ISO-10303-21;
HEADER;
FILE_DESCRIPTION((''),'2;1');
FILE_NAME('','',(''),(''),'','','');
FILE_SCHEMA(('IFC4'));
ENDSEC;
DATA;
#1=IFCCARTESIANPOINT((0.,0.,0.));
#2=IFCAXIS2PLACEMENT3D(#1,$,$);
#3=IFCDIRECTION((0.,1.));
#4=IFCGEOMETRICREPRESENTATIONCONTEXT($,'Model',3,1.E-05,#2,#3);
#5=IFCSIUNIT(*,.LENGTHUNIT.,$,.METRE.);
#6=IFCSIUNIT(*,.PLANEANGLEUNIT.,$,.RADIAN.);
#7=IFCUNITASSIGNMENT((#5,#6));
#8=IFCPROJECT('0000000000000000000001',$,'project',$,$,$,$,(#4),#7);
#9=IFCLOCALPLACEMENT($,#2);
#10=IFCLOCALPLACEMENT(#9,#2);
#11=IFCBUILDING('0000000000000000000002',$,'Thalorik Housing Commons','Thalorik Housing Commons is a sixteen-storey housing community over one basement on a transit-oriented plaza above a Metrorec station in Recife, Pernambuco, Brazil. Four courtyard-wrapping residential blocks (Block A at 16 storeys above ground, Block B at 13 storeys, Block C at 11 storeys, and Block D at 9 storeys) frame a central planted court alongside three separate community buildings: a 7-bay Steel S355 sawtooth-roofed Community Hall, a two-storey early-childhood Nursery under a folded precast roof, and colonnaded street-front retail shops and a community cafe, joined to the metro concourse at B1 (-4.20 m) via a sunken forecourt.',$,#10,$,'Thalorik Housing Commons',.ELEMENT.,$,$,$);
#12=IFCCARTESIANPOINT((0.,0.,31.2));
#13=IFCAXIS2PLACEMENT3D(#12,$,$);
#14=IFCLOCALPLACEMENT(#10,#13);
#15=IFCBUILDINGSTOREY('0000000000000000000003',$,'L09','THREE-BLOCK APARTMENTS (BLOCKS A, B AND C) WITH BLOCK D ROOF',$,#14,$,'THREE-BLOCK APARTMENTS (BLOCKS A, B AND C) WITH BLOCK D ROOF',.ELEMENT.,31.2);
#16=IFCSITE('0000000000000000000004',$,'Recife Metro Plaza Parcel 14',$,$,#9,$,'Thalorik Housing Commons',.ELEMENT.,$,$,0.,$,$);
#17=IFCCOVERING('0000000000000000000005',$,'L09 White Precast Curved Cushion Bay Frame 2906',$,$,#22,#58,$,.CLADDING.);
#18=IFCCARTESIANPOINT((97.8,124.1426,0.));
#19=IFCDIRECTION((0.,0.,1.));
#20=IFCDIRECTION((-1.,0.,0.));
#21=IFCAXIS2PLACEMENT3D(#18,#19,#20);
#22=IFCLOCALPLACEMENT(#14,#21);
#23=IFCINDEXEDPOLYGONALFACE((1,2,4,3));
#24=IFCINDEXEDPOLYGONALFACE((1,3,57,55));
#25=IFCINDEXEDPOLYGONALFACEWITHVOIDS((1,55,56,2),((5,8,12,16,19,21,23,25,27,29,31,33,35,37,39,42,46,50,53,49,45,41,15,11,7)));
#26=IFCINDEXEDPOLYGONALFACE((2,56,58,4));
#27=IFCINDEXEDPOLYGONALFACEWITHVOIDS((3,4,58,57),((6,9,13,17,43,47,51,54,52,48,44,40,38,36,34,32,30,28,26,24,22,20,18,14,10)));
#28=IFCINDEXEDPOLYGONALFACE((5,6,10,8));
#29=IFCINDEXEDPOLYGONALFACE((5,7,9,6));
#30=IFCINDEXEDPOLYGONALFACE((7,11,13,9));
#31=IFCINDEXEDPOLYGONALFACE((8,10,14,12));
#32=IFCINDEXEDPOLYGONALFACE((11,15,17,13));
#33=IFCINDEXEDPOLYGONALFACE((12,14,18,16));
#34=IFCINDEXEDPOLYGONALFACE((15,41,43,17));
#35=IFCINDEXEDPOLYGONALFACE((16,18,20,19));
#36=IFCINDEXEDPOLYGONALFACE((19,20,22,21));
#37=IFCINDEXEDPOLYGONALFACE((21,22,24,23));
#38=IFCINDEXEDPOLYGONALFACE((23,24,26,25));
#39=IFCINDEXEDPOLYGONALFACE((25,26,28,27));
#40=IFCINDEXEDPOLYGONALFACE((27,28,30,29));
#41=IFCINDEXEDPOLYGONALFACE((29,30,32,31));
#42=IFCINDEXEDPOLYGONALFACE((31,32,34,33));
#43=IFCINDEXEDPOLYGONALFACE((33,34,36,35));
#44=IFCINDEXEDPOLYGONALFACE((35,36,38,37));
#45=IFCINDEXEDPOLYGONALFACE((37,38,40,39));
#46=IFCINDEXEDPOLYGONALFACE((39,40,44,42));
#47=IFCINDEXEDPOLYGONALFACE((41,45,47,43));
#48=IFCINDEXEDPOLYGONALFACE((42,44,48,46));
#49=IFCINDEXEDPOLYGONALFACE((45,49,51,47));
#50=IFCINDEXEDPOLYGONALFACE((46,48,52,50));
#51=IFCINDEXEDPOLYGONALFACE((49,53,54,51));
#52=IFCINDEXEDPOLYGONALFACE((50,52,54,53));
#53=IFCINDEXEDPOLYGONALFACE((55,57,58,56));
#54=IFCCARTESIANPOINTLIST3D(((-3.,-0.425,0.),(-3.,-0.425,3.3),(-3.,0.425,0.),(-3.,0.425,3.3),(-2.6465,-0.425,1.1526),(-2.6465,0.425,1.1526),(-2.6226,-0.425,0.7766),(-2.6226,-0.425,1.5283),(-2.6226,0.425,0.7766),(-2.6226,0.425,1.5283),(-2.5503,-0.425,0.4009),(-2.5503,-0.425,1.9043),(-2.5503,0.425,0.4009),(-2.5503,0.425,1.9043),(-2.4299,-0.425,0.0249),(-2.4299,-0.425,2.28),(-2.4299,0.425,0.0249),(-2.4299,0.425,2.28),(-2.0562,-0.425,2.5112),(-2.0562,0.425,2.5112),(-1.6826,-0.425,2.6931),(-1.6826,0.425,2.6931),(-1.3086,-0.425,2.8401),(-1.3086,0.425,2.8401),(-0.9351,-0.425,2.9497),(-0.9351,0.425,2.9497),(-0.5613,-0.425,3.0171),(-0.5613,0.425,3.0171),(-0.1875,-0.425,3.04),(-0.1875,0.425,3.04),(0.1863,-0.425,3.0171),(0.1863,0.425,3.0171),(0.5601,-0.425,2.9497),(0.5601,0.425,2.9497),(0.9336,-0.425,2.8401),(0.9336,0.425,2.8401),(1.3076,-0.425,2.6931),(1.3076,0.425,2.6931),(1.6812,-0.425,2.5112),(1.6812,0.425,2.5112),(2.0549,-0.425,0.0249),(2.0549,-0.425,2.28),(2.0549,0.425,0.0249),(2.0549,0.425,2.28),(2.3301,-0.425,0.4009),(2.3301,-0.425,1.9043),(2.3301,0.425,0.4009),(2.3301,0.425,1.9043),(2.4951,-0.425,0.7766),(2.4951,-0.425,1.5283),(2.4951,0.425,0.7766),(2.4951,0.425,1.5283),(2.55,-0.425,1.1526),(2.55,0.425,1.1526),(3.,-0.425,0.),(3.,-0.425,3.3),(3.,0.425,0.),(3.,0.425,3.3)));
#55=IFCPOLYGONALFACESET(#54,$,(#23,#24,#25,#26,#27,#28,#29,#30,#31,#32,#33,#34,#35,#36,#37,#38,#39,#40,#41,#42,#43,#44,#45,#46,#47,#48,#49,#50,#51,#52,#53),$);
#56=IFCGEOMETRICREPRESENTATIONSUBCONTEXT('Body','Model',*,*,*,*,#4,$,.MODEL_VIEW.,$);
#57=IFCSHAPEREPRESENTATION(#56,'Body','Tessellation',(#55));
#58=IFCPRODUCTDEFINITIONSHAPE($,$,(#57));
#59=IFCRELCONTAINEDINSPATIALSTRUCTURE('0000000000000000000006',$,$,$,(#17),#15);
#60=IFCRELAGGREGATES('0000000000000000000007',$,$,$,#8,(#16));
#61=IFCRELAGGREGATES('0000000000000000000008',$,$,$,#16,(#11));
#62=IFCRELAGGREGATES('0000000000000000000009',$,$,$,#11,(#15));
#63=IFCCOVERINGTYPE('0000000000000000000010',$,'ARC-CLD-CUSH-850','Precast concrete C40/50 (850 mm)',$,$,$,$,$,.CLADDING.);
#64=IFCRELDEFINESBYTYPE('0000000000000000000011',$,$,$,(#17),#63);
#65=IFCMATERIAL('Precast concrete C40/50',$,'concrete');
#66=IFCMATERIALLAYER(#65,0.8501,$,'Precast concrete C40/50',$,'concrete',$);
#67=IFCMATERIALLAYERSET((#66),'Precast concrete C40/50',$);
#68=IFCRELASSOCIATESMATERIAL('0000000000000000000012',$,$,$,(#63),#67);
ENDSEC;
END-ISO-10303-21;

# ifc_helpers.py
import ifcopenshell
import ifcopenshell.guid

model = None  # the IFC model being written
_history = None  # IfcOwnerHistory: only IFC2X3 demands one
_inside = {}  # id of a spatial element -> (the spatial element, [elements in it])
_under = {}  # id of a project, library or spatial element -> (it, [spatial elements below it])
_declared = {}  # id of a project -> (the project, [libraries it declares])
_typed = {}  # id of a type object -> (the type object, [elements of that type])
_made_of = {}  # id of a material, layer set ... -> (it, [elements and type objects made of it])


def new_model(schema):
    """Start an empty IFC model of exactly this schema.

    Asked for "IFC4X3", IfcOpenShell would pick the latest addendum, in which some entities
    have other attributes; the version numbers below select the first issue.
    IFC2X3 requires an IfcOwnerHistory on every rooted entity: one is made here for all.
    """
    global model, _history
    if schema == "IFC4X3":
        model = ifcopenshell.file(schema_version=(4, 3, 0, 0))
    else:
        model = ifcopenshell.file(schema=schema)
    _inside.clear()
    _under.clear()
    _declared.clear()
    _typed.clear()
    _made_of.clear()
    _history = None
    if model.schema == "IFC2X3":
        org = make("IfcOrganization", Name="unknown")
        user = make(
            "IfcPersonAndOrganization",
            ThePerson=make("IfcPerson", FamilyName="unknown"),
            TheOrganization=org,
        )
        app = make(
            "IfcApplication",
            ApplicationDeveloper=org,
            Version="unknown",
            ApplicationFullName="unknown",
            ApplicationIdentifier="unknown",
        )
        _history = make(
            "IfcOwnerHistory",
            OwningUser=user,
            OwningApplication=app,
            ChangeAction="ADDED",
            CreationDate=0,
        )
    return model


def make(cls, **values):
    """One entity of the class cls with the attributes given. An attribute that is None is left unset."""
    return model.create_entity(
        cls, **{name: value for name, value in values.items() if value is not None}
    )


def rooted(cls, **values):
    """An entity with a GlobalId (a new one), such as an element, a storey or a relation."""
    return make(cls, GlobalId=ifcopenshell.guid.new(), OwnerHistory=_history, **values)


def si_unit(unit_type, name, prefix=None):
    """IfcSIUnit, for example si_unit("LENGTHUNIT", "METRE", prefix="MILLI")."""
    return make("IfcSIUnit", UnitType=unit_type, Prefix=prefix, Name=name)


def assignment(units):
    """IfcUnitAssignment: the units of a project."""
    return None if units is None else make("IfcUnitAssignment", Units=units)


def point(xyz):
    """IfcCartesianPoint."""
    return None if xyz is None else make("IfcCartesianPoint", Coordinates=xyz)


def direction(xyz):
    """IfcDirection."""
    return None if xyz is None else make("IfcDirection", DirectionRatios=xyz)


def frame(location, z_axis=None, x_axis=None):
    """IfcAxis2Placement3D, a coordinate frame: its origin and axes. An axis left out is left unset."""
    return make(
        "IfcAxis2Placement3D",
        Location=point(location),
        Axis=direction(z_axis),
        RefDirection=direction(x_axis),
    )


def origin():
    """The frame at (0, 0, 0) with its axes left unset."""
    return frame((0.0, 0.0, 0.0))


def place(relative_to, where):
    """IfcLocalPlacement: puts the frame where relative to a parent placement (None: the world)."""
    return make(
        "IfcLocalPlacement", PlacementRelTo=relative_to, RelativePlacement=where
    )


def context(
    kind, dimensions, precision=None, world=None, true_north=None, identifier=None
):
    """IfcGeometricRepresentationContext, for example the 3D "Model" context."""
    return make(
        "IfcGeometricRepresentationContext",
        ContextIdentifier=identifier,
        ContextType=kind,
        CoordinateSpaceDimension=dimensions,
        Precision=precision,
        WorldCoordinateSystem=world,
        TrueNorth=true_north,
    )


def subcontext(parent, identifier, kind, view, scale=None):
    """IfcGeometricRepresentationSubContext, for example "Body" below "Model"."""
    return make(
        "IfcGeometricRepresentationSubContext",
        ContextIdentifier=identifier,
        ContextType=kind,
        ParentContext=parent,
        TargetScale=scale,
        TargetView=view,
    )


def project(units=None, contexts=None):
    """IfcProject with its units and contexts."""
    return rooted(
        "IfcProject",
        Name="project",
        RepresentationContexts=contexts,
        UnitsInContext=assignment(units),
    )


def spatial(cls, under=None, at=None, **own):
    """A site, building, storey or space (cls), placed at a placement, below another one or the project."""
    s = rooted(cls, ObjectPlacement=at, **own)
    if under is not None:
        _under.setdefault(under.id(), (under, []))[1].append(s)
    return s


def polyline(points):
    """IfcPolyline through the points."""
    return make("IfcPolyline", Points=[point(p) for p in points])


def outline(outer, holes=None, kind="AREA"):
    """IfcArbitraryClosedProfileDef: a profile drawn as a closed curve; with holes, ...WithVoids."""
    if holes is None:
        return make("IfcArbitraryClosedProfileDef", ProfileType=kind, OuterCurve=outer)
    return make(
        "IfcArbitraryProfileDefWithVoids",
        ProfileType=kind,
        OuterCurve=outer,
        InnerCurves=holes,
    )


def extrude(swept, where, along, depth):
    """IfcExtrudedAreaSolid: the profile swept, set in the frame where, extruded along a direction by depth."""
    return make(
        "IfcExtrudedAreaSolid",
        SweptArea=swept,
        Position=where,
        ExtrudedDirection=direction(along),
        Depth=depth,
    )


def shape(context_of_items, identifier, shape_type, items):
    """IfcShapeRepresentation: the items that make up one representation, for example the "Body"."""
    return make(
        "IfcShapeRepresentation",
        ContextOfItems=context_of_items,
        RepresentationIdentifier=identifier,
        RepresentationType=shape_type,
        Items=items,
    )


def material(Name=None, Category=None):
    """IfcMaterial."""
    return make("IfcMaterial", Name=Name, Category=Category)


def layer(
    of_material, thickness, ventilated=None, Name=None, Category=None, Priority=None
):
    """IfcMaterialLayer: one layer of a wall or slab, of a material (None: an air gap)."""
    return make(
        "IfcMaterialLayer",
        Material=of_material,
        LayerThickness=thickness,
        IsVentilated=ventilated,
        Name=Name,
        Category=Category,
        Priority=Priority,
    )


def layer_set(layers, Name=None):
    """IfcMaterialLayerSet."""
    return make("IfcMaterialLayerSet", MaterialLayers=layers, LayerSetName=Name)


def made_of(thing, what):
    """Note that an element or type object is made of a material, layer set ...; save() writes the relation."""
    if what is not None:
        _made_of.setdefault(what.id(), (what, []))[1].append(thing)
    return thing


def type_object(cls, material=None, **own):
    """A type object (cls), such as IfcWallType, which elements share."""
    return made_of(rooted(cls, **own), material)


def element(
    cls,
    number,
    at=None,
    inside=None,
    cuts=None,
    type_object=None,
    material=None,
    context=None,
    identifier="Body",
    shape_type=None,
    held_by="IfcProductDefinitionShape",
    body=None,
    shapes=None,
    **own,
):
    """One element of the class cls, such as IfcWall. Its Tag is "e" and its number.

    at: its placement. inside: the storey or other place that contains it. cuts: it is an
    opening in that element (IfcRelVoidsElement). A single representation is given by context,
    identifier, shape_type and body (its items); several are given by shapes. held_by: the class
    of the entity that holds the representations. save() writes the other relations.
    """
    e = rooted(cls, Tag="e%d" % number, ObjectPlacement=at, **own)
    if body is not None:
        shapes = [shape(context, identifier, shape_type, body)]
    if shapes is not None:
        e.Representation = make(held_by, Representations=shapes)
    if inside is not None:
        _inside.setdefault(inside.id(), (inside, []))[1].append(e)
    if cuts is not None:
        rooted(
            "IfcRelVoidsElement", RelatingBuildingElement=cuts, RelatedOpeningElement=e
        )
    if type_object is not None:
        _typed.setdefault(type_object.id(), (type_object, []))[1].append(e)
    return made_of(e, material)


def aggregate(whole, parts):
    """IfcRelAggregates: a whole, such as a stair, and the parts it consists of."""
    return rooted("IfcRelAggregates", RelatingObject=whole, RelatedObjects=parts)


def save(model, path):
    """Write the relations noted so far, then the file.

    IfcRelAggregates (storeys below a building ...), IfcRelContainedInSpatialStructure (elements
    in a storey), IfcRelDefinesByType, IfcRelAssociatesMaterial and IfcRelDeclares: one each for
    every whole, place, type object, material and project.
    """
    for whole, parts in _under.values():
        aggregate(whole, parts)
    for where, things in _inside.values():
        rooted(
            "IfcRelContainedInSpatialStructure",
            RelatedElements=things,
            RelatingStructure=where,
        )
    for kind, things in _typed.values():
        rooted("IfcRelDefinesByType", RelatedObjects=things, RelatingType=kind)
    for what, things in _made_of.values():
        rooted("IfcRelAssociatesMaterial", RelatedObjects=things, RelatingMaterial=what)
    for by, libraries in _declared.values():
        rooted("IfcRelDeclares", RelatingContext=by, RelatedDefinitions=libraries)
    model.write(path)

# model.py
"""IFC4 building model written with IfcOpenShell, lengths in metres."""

from ifc_helpers import new_model, si_unit, direction, frame, origin, place, context, subcontext, project, spatial, polyline, outline, extrude, material, layer, layer_set, type_object, element, save


model = new_model("IFC4")

# Units and contexts
model_context = context("Model", 3, precision=1e-05, world=origin(), true_north=direction((0.0, 1.0)))
body_context = subcontext(model_context, "Body", "Model", "MODEL_VIEW")
ifc_project = project(units=[si_unit("LENGTHUNIT", "METRE"), si_unit("PLANEANGLEUNIT", "RADIAN")], contexts=[model_context])

# Site, building, storey
site_placement = place(None, origin())
site = spatial("IfcSite", under=ifc_project, at=site_placement, Name="Recife Metro Plaza Parcel 14", LongName="Thalorik Housing Commons", CompositionType="ELEMENT", RefElevation=0.0)
building_placement = place(site_placement, origin())
building = spatial("IfcBuilding", under=site, at=building_placement, Name="Thalorik Housing Commons", Description="Thalorik Housing Commons is a sixteen-storey housing community over one basement on a transit-oriented plaza above a Metrorec station in Recife, Pernambuco, Brazil. Four courtyard-wrapping residential blocks (Block A at 16 storeys above ground, Block B at 13 storeys, Block C at 11 storeys, and Block D at 9 storeys) frame a central planted court alongside three separate community buildings: a 7-bay Steel S355 sawtooth-roofed Community Hall, a two-storey early-childhood Nursery under a folded precast roof, and colonnaded street-front retail shops and a community cafe, joined to the metro concourse at B1 (-4.20 m) via a sunken forecourt.", LongName="Thalorik Housing Commons", CompositionType="ELEMENT")
storey_placement = place(building_placement, frame((0.0, 0.0, 31.2)))
storey = spatial("IfcBuildingStorey", under=building, at=storey_placement, Name="L09", Description="THREE-BLOCK APARTMENTS (BLOCKS A, B AND C) WITH BLOCK D ROOF", LongName="THREE-BLOCK APARTMENTS (BLOCKS A, B AND C) WITH BLOCK D ROOF", CompositionType="ELEMENT", Elevation=31.2)

# Shared definitions
ifc_material_1 = material(Name="Precast concrete C40/50", Category="concrete")

# Covering
ifc_layer_1 = layer(ifc_material_1, 0.8501, Name="Precast concrete C40/50", Category="concrete")
ifc_layer_set_1 = layer_set([ifc_layer_1], Name="Precast concrete C40/50")
covering_type_1 = type_object("IfcCoveringType", Name="ARC-CLD-CUSH-850", Description="Precast concrete C40/50 (850 mm)", PredefinedType="CLADDING", material=ifc_layer_set_1)
covering_1_placement = place(storey_placement, frame((97.8, 124.1426, 0.0), z_axis=(0.0, 0.0, 1.0), x_axis=(-1.0, 0.0, 0.0)))
element("IfcCovering", 1, at=covering_1_placement, inside=storey, type_object=covering_type_1, Name="L09 White Precast Curved Cushion Bay Frame 2906", PredefinedType="CLADDING", context=body_context, shape_type="SweptSolid", body=[
    extrude(outline(polyline([(-3.0, 0.0), (3.0, 0.0), (3.0, 3.3), (-3.0, 3.3), (-3.0, 0.0)]), holes=[polyline([(2.0549, 0.0249), (2.3301, 0.4009), (2.4951, 0.7766), (2.55, 1.1526), (2.4951, 1.5283), (2.3301, 1.9043), (2.0549, 2.28), (1.6812, 2.5112), (1.3076, 2.6931), (0.9336, 2.8401), (0.5601, 2.9497), (0.1863, 3.0171), (-0.1875, 3.04), (-0.5613, 3.0171), (-0.9351, 2.9497), (-1.3086, 2.8401), (-1.6826, 2.6931), (-2.0562, 2.5112), (-2.4299, 2.28), (-2.5503, 1.9043), (-2.6226, 1.5283), (-2.6465, 1.1526), (-2.6226, 0.7766), (-2.5503, 0.4009), (-2.4299, 0.0249), (2.0549, 0.0249)])]), frame((0.0, 0.425, 0.0), z_axis=(0.0, -1.0, 0.0), x_axis=(1.0, 0.0, 0.0)), (0.0, 0.0, 1.0), 0.8501),
])

save(model, "model.ifc")
